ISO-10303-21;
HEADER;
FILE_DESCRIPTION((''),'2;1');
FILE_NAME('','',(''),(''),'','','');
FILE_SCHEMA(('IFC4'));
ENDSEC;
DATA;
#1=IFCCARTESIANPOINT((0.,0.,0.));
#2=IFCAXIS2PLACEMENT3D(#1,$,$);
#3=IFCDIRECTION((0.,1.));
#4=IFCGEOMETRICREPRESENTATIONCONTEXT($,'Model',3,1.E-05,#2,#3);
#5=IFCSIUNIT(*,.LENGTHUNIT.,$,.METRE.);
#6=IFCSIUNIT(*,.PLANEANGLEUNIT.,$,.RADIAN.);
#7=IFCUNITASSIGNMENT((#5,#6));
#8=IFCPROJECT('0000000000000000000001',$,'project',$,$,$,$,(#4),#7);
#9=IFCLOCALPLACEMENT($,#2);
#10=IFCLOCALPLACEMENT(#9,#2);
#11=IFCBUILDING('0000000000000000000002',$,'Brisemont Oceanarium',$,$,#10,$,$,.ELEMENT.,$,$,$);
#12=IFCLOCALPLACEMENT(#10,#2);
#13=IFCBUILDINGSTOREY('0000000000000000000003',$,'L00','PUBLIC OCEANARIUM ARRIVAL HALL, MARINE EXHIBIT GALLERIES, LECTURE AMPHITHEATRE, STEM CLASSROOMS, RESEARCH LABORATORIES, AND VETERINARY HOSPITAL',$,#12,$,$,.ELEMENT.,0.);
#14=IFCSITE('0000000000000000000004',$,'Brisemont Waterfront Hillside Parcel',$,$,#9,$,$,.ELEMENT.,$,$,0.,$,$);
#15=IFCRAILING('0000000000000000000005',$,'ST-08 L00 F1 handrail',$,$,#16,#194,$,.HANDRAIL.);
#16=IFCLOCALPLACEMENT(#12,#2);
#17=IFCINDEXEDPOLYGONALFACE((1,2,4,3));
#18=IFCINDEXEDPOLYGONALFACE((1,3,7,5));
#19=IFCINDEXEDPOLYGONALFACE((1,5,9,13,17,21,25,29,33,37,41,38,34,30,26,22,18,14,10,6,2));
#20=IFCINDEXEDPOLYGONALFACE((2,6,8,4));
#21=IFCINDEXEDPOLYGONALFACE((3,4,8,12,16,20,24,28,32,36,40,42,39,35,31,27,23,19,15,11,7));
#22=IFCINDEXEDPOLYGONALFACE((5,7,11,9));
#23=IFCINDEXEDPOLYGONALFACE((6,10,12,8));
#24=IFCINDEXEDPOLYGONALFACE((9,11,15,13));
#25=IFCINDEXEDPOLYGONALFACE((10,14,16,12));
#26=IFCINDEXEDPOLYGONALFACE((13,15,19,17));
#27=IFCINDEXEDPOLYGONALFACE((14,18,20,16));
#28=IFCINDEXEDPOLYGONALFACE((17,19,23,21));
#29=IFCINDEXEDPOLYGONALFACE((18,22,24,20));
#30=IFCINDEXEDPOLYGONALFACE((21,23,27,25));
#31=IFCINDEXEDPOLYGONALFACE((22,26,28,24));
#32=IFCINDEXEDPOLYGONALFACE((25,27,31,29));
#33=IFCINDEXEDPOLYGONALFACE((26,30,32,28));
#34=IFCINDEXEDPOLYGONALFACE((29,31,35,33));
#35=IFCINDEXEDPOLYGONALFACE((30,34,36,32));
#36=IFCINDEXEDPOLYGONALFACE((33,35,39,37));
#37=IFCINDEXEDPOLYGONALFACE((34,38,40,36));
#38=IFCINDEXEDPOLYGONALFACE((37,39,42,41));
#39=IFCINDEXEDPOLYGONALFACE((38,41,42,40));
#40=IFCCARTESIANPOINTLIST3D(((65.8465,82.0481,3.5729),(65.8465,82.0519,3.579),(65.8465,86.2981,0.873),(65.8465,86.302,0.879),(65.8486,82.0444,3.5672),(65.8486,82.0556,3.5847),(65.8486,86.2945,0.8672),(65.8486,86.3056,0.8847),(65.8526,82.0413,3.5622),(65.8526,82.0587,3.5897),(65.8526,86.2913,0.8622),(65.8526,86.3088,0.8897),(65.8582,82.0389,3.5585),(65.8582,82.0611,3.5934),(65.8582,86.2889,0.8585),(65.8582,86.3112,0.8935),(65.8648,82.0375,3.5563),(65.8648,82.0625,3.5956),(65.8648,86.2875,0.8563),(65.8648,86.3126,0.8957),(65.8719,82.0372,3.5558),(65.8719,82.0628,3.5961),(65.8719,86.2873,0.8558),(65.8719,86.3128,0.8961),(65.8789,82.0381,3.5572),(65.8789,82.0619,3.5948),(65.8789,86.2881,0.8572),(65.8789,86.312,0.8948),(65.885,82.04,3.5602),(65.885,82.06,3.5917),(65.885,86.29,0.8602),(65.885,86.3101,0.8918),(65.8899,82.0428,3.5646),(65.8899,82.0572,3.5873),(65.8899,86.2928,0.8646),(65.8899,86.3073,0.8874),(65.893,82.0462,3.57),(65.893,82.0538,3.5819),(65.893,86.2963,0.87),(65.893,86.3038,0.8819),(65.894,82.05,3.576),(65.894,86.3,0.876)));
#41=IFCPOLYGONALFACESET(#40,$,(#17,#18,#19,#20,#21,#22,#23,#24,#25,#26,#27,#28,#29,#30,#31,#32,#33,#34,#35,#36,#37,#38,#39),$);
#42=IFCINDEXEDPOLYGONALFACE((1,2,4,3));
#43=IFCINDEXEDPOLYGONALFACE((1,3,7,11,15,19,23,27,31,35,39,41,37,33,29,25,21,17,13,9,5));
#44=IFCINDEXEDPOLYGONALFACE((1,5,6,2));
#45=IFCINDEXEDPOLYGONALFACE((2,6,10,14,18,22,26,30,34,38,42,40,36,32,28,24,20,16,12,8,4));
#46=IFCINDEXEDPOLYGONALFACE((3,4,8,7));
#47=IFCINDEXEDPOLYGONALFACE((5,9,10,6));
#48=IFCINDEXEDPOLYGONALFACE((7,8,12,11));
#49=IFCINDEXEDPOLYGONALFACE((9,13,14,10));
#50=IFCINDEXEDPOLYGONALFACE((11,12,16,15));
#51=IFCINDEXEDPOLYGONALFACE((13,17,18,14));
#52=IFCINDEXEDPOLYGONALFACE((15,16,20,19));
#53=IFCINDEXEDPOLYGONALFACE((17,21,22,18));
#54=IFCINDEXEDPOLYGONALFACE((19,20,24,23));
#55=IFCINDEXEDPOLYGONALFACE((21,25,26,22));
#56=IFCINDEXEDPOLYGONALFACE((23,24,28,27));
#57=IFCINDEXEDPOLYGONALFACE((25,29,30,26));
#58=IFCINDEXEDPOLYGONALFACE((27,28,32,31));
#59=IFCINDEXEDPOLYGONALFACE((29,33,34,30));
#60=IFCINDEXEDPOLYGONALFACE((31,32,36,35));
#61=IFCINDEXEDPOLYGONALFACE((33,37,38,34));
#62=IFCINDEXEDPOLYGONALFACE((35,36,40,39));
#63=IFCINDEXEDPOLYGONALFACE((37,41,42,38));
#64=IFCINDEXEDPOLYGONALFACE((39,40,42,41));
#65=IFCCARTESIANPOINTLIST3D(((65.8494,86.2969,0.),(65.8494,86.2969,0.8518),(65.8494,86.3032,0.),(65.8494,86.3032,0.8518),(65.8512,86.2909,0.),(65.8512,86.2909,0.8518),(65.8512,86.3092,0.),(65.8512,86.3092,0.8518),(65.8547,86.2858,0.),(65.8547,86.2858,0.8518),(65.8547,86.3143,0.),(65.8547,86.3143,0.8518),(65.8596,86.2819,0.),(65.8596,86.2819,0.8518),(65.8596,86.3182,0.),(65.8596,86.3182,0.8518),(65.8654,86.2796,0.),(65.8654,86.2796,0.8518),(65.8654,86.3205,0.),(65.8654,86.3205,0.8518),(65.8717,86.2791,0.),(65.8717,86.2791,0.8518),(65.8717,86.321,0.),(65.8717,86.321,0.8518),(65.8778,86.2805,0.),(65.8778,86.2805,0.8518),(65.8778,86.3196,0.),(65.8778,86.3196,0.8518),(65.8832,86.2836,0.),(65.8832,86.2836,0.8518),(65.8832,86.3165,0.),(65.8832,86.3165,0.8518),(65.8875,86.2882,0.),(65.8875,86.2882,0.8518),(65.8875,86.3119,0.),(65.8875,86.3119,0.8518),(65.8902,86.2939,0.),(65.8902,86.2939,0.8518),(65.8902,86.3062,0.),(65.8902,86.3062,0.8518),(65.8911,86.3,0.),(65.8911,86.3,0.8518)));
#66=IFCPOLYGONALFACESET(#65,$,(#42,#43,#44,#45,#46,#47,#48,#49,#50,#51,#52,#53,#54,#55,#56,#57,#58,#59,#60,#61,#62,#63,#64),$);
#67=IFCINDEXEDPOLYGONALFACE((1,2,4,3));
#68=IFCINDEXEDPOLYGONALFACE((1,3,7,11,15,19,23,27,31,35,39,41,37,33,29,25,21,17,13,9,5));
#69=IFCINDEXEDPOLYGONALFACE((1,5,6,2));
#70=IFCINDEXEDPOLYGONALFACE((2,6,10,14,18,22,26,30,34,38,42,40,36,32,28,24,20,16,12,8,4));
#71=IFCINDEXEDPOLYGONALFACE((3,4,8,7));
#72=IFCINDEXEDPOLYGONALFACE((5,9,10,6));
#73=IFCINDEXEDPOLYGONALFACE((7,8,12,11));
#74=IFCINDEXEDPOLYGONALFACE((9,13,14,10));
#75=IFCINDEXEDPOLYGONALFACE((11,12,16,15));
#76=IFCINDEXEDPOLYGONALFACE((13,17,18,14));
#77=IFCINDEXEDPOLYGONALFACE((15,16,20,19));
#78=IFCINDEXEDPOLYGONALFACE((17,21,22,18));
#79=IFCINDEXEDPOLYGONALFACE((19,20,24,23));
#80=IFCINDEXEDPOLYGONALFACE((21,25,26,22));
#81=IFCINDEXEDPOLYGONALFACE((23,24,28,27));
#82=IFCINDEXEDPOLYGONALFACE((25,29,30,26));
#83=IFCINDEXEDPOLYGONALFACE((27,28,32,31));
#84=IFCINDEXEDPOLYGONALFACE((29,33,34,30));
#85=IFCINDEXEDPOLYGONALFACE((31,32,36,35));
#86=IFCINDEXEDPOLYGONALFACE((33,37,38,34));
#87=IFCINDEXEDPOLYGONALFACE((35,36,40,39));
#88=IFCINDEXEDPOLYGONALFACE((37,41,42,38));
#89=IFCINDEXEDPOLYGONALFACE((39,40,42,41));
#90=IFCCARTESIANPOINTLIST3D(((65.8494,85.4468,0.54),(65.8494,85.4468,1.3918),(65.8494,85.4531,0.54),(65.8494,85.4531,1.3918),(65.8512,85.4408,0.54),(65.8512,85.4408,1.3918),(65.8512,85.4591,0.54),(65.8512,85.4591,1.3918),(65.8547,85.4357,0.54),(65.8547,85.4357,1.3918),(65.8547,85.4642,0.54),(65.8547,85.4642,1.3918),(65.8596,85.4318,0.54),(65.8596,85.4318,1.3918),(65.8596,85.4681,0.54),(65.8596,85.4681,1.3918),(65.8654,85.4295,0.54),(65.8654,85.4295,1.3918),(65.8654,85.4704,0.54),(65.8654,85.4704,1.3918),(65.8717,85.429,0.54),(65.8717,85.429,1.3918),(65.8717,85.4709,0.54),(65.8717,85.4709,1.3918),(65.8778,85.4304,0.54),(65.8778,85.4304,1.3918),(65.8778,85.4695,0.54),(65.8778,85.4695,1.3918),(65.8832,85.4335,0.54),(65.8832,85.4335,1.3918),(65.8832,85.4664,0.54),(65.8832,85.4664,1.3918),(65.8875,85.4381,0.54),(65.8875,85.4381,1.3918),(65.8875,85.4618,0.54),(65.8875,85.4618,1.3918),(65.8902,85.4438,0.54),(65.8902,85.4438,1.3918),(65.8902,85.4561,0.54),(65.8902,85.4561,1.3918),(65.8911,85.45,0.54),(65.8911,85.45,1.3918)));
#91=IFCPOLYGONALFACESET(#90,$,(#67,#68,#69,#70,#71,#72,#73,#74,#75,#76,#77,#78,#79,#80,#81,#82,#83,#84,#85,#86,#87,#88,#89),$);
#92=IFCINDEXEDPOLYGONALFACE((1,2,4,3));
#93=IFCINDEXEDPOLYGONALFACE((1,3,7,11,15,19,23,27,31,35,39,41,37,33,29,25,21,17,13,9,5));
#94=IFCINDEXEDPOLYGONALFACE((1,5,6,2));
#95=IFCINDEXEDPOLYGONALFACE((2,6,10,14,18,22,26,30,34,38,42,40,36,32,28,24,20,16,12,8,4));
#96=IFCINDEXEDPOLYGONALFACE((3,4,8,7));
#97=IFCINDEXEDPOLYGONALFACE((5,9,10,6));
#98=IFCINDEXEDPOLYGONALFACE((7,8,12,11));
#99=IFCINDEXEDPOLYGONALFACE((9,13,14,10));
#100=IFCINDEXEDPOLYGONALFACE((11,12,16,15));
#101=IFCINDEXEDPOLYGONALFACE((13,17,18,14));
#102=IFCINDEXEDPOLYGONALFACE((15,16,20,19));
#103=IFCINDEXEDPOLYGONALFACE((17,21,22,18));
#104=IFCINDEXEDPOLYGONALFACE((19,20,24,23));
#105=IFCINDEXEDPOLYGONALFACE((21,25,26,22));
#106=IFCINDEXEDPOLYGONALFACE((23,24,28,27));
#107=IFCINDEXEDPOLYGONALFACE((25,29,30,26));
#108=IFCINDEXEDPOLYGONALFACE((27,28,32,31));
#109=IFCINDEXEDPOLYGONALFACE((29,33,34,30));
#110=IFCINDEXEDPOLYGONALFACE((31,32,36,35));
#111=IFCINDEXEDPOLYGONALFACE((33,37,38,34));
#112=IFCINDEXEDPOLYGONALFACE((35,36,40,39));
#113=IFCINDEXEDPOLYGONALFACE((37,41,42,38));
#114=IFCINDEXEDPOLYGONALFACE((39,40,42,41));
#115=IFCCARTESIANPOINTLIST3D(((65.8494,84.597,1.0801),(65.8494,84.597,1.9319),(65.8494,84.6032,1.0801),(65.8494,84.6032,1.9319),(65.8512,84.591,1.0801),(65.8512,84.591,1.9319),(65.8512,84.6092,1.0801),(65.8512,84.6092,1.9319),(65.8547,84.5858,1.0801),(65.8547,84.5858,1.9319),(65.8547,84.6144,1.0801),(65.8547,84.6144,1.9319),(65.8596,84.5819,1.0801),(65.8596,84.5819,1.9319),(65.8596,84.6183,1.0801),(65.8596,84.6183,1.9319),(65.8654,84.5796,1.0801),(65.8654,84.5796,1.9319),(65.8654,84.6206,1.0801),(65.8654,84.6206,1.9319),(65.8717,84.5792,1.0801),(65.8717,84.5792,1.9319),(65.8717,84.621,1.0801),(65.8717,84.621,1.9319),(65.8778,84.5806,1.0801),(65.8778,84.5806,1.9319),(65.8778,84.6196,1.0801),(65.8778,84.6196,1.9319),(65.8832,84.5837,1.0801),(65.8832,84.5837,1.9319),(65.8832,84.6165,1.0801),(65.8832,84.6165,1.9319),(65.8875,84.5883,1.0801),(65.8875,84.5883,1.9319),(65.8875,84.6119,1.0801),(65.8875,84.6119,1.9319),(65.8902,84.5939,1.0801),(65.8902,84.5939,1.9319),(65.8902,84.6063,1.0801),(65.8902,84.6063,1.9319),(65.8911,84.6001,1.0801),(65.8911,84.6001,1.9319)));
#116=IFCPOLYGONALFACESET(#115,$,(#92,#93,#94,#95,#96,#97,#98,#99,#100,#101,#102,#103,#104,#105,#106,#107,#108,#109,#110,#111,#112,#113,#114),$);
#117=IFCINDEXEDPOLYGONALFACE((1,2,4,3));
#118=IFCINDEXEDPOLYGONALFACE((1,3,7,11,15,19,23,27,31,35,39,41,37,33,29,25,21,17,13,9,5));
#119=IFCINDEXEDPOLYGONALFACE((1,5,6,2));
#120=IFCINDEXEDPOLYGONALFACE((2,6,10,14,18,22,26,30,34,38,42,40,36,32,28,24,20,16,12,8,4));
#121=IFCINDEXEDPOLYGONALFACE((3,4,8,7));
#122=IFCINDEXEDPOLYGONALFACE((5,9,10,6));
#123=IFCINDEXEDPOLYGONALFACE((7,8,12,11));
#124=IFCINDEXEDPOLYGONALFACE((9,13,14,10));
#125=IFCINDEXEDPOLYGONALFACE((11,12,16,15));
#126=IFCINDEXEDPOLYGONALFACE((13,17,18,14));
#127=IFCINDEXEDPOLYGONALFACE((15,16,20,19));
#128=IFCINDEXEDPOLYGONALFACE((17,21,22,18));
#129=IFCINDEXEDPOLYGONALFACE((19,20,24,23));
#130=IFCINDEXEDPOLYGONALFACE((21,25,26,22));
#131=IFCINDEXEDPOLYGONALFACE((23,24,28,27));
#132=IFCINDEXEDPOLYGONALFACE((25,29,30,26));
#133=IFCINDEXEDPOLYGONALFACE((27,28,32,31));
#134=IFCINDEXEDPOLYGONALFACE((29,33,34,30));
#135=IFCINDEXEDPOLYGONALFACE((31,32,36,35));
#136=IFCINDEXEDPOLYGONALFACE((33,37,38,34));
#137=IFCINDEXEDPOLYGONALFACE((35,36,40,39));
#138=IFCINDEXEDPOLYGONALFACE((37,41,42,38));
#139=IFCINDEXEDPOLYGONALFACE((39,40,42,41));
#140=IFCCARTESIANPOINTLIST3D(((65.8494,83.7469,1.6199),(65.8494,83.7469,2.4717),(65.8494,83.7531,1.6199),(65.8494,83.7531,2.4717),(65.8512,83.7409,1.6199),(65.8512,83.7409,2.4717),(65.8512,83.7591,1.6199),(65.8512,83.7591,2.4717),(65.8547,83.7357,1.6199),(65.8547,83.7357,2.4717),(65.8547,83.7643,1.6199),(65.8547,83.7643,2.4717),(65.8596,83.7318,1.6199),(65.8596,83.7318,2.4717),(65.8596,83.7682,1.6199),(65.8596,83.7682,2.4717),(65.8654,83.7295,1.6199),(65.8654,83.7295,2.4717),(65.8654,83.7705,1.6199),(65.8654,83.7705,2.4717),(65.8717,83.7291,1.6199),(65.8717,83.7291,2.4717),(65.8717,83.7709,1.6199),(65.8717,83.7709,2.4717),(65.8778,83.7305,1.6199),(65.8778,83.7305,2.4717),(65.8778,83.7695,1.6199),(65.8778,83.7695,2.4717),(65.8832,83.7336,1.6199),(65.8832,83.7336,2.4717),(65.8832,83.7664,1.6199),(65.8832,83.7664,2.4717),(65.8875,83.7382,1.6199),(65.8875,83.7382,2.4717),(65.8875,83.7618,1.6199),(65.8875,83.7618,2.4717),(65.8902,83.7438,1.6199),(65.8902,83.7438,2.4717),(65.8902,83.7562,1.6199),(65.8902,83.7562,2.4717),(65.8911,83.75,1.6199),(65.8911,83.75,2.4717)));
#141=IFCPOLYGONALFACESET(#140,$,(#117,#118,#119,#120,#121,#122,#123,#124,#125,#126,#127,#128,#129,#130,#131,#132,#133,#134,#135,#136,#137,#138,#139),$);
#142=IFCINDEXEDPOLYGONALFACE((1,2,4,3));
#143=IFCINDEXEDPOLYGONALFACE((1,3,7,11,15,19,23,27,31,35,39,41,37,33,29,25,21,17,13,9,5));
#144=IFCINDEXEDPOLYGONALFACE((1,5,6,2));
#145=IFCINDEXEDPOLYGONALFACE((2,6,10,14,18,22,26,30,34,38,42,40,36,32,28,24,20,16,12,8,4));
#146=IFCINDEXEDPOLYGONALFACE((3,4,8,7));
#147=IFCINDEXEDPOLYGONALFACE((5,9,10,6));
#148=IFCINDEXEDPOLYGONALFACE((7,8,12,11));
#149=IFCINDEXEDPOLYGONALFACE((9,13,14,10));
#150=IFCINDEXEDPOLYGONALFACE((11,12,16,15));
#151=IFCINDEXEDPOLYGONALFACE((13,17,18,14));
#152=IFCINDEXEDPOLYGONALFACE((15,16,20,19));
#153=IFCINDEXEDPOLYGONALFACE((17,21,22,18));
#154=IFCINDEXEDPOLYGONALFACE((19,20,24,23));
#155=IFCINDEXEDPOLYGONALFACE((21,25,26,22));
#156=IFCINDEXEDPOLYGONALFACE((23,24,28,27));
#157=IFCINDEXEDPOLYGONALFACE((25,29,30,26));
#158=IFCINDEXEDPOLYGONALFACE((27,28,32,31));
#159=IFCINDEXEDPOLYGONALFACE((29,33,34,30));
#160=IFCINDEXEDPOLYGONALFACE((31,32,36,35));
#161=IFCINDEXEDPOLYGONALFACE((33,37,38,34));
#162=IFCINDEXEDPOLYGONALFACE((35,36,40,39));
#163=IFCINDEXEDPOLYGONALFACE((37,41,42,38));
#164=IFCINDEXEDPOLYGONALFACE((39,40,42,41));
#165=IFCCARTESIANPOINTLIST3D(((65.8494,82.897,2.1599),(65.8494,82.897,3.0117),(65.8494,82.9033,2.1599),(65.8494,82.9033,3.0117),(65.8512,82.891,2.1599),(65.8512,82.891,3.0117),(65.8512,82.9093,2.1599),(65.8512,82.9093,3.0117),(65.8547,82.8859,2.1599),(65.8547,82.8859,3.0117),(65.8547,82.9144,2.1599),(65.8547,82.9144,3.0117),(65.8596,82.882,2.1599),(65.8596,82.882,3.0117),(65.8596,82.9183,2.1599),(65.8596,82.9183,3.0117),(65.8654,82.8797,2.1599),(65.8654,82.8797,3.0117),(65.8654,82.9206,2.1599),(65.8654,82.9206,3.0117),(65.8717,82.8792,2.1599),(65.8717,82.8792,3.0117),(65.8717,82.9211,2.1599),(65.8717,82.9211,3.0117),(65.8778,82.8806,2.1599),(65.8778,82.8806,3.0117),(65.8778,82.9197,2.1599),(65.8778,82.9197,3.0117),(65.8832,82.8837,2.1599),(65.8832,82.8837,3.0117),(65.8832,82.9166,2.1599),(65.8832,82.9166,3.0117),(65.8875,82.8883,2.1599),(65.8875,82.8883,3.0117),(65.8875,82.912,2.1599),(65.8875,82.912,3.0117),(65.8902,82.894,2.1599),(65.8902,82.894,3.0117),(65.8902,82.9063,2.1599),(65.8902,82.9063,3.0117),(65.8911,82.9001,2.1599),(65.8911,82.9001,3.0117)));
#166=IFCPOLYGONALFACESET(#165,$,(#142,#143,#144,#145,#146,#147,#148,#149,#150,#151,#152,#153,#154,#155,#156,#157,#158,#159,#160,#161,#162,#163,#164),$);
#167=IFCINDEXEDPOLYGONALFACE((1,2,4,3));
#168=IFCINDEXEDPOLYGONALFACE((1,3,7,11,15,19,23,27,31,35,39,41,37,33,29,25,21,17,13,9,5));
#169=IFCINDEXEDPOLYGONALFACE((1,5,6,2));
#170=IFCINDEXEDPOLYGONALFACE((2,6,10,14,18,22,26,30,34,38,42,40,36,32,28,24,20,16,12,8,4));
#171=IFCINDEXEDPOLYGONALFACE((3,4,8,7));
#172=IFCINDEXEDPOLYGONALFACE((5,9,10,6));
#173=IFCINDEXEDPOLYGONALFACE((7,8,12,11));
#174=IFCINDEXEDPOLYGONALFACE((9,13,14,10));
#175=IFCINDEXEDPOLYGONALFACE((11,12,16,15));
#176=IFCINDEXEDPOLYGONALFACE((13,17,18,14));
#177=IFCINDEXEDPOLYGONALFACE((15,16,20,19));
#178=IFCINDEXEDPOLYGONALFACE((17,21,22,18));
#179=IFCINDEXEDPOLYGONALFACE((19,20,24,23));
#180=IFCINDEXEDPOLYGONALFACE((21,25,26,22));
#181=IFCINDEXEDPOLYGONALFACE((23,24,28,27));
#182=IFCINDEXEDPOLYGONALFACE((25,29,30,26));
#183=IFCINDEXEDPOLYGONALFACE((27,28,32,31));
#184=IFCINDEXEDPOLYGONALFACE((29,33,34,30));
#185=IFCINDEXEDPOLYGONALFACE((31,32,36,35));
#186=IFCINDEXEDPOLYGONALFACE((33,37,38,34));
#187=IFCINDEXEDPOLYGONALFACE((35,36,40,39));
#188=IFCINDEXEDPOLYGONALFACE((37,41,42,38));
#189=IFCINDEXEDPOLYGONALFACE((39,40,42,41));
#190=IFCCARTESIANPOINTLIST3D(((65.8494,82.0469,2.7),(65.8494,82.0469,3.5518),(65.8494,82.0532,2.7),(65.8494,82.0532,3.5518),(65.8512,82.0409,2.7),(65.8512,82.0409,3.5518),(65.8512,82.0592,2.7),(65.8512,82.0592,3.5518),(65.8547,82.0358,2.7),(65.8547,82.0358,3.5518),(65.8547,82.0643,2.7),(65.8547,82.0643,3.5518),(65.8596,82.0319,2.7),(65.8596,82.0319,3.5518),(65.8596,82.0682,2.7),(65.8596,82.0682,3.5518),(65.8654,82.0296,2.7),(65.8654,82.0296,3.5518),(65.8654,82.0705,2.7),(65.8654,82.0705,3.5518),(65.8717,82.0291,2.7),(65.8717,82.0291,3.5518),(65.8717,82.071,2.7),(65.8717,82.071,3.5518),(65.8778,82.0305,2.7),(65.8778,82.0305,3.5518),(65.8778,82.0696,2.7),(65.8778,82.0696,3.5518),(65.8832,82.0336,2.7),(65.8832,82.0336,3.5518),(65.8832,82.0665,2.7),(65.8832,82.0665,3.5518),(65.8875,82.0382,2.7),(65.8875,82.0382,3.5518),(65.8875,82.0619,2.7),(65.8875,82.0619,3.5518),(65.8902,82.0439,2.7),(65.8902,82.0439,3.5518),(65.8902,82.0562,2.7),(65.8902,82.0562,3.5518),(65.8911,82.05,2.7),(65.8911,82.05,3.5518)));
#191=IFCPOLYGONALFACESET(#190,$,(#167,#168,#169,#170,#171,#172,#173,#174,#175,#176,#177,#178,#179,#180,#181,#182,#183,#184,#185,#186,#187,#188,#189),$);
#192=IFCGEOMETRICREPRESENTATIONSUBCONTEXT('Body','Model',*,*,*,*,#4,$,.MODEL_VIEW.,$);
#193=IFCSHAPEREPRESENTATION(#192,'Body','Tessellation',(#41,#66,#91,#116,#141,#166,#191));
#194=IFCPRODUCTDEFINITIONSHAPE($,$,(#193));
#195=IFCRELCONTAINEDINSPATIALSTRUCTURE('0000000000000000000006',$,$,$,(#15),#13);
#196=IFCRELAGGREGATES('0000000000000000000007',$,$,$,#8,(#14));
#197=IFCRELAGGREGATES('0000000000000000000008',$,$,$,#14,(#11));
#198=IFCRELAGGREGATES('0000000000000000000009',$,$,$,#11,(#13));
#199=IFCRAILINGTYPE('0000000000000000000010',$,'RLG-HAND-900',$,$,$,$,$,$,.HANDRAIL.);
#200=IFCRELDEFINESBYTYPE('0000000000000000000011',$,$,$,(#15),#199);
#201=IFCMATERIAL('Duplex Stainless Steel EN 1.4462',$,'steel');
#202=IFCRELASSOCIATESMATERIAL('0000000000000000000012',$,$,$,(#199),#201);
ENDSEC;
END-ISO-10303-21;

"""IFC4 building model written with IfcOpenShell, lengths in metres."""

from ifc_helpers import new_model, si_unit, direction, frame, origin, origin_2d, place, context, subcontext, project, spatial, circle, extrude, material, type_object, element, save


model = new_model("IFC4")

# Units and contexts
model_context = context("Model", 3, precision=1e-05, world=origin(), true_north=direction((0.0, 1.0)))
body_context = subcontext(model_context, "Body", "Model", "MODEL_VIEW")
ifc_project = project(units=[si_unit("LENGTHUNIT", "METRE"), si_unit("PLANEANGLEUNIT", "RADIAN")], contexts=[model_context])

# Site, building, storey
site_placement = place(None, origin())
site = spatial("IfcSite", under=ifc_project, at=site_placement, Name="Brisemont Waterfront Hillside Parcel", CompositionType="ELEMENT", RefElevation=0.0)
building_placement = place(site_placement, origin())
building = spatial("IfcBuilding", under=site, at=building_placement, Name="Brisemont Oceanarium", CompositionType="ELEMENT")
storey_placement = place(building_placement, origin())
storey = spatial("IfcBuildingStorey", under=building, at=storey_placement, Name="L00", Description="PUBLIC OCEANARIUM ARRIVAL HALL, MARINE EXHIBIT GALLERIES, LECTURE AMPHITHEATRE, STEM CLASSROOMS, RESEARCH LABORATORIES, AND VETERINARY HOSPITAL", CompositionType="ELEMENT", Elevation=0.0)

# Railing
ifc_material_1 = material(Name="Duplex Stainless Steel EN 1.4462", Category="steel")
railing_type_1 = type_object("IfcRailingType", Name="RLG-HAND-900", PredefinedType="HANDRAIL", material=ifc_material_1)
railing_1_placement = place(storey_placement, frame((65.8701, 86.3, 0.0)))
element("IfcRailing", 1, at=railing_1_placement, inside=storey, type_object=railing_type_1, Name="ST-08 L00 F1 handrail", PredefinedType="HANDRAIL", context=body_context, shape_type="SweptSolid", body=[
    extrude(circle(Radius=0.0239, at=origin_2d()), frame((0.0, 0.0, 0.876), z_axis=(0.0, -0.844075, 0.536226), x_axis=(1.0, 0.0, 0.0)), (0.0, 0.0, 1.0), 5.0352),
    extrude(circle(Radius=0.021, at=origin_2d()), origin(), (0.0, 0.0, 1.0), 0.8518),
    extrude(circle(Radius=0.021, at=origin_2d()), frame((0.0, -0.8501, 0.54)), (0.0, 0.0, 1.0), 0.8518),
    extrude(circle(Radius=0.021, at=origin_2d()), frame((0.0, -1.7, 1.0801)), (0.0, 0.0, 1.0), 0.8518),
    extrude(circle(Radius=0.021, at=origin_2d()), frame((0.0, -2.55, 1.6199)), (0.0, 0.0, 1.0), 0.8518),
    extrude(circle(Radius=0.021, at=origin_2d()), frame((0.0, -3.3999, 2.1599)), (0.0, 0.0, 1.0), 0.8518),
    extrude(circle(Radius=0.021, at=origin_2d()), frame((0.0, -4.25, 2.7)), (0.0, 0.0, 1.0), 0.8518),
])

save(model, "model.ifc")
